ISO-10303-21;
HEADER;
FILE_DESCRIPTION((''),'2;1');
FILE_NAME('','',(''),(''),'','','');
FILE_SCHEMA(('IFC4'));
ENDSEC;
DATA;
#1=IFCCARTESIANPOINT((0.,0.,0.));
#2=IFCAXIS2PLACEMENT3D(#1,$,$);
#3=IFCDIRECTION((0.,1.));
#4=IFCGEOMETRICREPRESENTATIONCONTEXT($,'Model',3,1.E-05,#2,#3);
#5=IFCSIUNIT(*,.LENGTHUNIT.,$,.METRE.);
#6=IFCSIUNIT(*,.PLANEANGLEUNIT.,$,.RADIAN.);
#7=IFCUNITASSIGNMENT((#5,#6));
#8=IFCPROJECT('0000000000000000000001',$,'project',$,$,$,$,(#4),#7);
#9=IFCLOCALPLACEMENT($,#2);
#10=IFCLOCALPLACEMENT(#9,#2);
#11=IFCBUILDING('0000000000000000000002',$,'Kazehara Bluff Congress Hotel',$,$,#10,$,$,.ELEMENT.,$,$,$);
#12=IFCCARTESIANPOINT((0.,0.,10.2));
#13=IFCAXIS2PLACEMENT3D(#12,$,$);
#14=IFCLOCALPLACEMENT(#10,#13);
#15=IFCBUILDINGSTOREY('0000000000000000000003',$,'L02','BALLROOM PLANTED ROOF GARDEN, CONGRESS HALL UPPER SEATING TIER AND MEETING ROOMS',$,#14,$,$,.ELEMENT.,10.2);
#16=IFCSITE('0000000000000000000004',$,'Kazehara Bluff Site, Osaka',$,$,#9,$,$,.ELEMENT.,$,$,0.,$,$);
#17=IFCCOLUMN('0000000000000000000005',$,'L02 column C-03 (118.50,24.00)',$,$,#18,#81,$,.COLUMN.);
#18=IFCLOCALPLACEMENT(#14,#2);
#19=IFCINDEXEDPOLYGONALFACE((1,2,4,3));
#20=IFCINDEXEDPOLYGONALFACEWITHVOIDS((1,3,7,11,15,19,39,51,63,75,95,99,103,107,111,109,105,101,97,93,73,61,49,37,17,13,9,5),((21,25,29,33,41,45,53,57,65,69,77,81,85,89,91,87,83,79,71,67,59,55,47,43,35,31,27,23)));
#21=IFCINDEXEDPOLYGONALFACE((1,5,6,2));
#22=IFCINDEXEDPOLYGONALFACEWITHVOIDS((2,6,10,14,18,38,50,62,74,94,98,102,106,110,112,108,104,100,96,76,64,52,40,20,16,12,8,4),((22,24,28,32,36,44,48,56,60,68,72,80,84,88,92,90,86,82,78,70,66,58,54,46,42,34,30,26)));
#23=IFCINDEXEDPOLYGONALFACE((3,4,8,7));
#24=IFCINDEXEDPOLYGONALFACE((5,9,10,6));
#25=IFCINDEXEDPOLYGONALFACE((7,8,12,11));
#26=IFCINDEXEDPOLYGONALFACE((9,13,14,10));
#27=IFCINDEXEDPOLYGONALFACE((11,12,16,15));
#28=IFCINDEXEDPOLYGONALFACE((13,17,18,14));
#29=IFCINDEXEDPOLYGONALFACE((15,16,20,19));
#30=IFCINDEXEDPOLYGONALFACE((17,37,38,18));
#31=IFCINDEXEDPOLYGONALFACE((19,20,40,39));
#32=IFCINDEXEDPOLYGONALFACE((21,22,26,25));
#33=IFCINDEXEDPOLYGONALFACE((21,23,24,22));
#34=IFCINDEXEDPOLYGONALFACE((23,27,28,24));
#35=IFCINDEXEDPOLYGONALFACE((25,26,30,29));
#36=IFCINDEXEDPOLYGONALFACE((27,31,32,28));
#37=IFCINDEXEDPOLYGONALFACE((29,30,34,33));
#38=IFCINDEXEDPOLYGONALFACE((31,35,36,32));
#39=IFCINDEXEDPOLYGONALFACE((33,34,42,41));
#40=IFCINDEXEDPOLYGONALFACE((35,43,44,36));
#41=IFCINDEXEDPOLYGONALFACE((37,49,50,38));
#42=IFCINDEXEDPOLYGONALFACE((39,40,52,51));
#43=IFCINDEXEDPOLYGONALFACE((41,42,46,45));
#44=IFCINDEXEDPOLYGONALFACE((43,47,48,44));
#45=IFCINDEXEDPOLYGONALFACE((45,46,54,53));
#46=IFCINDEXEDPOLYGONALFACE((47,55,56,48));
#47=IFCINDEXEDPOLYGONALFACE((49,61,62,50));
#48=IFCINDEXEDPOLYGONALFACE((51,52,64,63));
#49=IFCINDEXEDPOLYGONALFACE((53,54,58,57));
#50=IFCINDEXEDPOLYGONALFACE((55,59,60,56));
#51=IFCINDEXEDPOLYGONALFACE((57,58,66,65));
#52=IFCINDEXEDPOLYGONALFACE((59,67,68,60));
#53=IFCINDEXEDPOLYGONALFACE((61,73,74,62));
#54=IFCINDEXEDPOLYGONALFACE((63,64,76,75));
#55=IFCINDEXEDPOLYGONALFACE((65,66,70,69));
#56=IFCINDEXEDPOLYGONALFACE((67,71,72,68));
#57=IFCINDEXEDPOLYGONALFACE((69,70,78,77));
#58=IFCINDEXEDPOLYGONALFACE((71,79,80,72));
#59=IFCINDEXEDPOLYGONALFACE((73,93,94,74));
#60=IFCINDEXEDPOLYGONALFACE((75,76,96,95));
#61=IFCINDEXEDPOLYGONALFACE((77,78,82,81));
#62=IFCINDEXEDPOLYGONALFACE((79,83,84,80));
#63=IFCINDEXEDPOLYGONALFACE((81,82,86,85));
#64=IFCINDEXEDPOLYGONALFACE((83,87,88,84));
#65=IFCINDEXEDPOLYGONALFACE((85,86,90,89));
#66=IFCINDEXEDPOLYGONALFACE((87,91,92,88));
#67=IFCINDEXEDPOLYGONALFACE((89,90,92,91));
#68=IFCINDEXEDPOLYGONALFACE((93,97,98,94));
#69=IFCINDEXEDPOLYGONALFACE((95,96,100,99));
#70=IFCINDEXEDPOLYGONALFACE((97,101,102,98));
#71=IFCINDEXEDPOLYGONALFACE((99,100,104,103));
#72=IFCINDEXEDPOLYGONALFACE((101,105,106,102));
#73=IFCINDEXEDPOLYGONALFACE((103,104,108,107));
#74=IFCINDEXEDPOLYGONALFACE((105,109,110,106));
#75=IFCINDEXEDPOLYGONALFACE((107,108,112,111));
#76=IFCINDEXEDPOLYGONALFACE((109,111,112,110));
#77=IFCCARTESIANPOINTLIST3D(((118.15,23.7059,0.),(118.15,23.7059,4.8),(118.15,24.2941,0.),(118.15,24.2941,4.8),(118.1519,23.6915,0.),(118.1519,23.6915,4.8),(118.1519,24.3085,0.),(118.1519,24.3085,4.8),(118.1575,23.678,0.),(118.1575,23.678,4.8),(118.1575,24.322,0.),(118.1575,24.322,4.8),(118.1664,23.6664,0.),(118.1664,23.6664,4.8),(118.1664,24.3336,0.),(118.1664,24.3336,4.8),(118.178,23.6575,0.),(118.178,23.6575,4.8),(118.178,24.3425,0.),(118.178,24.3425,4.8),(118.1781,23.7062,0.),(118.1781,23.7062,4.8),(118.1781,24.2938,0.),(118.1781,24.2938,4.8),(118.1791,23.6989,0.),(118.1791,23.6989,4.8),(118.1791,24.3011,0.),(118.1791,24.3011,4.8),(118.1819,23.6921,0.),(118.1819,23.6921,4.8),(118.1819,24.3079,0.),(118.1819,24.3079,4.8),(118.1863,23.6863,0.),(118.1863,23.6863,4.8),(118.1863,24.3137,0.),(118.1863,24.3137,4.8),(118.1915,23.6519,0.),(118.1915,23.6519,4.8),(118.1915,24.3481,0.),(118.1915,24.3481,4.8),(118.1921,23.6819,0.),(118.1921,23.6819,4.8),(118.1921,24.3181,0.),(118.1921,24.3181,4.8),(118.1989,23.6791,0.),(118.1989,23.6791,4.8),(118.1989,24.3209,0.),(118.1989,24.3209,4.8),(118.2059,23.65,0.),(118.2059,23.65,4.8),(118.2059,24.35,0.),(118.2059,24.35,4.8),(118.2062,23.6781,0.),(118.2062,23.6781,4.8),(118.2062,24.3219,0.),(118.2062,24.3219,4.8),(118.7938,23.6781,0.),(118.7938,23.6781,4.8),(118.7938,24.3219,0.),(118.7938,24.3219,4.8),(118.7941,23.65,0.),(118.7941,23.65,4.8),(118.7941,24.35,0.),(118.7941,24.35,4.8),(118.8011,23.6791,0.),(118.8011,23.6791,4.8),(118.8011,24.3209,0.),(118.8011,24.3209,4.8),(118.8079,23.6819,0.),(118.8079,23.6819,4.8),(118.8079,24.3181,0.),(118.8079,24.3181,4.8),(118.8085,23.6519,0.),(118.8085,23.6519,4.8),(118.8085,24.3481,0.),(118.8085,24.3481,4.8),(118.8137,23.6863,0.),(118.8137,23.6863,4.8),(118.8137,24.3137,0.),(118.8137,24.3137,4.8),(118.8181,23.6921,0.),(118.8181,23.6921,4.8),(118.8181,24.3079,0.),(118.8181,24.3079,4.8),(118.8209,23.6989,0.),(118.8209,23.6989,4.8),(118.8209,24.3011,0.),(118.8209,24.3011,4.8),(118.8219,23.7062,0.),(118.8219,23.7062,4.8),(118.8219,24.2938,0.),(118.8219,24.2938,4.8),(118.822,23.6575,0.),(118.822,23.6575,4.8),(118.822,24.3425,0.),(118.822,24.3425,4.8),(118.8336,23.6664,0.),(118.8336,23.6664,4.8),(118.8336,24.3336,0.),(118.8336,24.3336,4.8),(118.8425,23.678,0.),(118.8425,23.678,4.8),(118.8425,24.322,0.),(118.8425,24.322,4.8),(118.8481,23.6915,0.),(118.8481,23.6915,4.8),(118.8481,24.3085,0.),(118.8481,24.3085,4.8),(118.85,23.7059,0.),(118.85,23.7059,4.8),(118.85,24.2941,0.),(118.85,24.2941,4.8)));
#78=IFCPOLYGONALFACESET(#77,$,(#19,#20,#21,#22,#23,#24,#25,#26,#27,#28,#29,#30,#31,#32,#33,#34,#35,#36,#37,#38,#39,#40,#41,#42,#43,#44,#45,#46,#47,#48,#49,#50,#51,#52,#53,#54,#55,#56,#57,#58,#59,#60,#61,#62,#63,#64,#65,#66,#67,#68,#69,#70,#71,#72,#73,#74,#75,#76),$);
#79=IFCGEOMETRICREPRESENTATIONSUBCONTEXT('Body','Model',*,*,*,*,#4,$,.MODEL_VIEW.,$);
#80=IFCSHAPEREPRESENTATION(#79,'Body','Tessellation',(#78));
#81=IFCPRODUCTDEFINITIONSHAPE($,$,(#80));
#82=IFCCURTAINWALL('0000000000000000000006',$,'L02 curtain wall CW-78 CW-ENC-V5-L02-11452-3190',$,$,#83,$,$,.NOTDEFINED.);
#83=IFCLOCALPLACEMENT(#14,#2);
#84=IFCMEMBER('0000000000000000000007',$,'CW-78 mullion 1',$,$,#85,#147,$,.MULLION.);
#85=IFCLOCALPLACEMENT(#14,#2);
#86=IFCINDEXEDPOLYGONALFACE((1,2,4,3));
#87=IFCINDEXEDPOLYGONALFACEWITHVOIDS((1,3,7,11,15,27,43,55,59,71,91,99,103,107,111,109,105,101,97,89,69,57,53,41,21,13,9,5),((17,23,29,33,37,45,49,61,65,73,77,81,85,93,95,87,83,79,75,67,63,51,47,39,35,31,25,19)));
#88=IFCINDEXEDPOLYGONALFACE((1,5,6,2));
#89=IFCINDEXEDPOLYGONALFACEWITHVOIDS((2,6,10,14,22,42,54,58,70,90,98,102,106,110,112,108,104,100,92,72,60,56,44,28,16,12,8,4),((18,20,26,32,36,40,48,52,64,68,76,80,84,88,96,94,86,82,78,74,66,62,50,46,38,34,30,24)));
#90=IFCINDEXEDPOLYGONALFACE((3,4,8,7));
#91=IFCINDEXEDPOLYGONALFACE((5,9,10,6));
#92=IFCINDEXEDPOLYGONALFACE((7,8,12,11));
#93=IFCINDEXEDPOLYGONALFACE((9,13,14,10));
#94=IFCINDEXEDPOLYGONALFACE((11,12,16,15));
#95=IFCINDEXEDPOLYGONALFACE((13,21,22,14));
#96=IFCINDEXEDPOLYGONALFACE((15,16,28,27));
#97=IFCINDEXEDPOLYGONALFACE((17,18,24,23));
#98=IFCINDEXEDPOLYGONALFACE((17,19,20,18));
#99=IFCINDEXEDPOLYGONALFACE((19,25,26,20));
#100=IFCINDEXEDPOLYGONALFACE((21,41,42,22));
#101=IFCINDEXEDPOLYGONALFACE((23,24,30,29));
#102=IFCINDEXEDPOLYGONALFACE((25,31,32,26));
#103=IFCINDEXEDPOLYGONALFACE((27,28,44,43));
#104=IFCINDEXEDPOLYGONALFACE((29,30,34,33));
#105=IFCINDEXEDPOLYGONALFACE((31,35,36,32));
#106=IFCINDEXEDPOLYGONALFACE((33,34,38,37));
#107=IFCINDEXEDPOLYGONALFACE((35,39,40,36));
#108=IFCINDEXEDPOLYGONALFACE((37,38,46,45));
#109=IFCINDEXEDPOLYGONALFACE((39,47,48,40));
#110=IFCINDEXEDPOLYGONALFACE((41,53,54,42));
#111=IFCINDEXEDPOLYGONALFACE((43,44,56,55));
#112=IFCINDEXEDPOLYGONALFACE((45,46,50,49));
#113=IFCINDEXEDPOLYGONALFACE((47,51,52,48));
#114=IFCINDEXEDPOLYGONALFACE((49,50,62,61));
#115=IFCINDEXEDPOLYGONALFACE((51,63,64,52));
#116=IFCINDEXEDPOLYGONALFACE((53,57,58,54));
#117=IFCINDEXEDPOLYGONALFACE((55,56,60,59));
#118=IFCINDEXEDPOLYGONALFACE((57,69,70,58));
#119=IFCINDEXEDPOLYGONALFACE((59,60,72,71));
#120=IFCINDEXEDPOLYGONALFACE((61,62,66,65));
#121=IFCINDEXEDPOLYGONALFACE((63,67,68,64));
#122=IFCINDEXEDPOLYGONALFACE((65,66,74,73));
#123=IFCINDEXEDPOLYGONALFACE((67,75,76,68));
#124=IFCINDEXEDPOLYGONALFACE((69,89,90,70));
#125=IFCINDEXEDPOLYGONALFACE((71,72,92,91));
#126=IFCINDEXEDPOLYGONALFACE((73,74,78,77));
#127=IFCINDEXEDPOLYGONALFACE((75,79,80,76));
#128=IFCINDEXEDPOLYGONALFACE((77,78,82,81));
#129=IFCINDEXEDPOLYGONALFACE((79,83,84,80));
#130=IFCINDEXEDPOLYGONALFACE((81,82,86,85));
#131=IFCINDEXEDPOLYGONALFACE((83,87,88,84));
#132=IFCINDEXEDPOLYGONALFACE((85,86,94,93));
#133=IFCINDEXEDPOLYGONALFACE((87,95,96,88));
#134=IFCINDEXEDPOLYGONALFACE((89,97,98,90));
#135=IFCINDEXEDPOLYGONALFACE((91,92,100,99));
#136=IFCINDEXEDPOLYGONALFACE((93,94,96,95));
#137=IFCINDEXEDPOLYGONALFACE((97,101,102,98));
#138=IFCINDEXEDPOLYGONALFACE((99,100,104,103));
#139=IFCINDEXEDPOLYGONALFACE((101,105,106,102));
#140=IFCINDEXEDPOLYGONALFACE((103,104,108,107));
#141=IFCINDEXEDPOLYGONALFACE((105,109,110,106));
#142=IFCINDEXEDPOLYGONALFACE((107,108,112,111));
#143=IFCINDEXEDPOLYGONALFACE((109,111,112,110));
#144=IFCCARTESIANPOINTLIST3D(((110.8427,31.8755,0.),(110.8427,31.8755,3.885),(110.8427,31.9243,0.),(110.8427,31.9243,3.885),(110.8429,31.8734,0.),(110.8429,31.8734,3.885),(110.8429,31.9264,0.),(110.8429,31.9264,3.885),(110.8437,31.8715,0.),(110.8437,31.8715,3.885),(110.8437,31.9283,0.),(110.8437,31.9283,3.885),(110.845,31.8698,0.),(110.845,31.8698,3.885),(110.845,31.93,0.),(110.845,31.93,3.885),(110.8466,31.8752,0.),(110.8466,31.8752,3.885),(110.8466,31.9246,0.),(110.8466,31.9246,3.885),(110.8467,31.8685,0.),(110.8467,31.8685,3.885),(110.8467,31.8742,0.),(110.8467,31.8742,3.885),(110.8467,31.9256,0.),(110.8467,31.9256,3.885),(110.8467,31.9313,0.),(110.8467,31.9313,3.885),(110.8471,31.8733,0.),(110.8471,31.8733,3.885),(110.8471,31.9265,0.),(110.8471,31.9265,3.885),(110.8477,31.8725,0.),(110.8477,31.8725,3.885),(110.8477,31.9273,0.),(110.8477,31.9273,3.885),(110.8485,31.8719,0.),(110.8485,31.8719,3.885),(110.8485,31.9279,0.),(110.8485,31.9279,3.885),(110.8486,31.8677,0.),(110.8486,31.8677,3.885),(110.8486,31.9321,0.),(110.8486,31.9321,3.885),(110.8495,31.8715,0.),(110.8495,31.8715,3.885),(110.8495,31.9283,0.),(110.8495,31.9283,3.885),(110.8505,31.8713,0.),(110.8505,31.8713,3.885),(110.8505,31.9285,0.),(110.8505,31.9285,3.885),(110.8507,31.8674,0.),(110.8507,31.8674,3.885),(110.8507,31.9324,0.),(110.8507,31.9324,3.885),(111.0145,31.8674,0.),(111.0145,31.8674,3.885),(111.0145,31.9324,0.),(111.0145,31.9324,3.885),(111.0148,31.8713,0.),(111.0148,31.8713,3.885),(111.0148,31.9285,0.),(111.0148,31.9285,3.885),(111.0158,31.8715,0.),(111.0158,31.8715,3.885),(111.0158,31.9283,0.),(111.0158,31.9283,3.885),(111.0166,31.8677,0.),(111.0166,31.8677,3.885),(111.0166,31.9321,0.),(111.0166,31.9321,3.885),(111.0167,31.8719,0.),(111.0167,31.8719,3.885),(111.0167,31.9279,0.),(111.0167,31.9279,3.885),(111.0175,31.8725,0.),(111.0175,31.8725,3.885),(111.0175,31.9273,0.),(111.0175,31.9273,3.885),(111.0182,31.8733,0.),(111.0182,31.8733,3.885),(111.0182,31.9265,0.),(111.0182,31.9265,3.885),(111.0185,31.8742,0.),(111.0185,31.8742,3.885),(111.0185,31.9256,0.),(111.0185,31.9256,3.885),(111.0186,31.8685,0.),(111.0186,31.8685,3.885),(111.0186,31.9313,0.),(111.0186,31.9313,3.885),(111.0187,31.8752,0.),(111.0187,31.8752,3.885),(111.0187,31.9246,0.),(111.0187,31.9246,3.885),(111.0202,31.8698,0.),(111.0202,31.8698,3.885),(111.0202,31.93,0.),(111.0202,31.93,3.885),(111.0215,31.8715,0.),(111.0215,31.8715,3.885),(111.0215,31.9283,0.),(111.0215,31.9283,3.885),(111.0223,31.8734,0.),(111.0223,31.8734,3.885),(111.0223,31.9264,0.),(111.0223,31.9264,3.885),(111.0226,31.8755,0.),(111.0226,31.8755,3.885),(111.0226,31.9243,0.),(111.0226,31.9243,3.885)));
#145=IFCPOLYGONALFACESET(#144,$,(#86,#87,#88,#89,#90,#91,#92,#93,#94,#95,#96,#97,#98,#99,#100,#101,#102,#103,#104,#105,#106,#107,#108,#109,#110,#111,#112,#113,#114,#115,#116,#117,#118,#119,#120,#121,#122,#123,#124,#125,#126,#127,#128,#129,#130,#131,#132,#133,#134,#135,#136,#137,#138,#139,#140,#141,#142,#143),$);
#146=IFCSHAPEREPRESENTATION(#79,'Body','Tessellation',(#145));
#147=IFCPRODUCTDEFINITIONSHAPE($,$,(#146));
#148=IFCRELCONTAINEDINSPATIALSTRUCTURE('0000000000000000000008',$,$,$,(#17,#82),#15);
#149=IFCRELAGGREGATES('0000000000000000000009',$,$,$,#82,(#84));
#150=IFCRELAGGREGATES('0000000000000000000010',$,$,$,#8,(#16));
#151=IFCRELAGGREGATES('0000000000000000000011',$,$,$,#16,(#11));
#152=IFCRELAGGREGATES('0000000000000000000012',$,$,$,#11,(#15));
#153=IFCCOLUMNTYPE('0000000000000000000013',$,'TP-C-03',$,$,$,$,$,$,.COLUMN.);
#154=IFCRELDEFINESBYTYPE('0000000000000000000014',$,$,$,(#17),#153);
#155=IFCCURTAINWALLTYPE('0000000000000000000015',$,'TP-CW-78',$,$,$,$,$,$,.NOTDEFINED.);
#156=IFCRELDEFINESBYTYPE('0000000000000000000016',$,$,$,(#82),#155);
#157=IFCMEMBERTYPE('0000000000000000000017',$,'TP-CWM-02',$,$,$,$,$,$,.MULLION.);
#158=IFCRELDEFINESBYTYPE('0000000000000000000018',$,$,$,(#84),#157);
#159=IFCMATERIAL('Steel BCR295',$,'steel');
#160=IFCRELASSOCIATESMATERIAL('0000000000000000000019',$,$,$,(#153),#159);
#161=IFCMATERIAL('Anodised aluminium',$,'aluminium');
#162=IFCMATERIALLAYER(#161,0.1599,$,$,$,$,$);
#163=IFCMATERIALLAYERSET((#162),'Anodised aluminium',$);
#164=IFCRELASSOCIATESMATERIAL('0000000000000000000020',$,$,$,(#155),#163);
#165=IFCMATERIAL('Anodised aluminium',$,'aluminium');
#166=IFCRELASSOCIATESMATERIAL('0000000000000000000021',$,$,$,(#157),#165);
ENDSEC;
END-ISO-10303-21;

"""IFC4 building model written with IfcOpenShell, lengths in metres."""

from ifc_helpers import new_model, si_unit, direction, frame, origin, origin_2d, place, context, subcontext, project, spatial, hollow_rectangle, extrude, material, layer, layer_set, material_profile, profile_set, type_object, element, aggregate, save


model = new_model("IFC4")

# Units and contexts
model_context = context("Model", 3, precision=1e-05, world=origin(), true_north=direction((0.0, 1.0)))
body_context = subcontext(model_context, "Body", "Model", "MODEL_VIEW")
ifc_project = project(units=[si_unit("LENGTHUNIT", "METRE"), si_unit("PLANEANGLEUNIT", "RADIAN")], contexts=[model_context])

# Site, building, storey
site_placement = place(None, origin())
site = spatial("IfcSite", under=ifc_project, at=site_placement, Name="Kazehara Bluff Site, Osaka", CompositionType="ELEMENT", RefElevation=0.0)
building_placement = place(site_placement, origin())
building = spatial("IfcBuilding", under=site, at=building_placement, Name="Kazehara Bluff Congress Hotel", CompositionType="ELEMENT")
storey_placement = place(building_placement, frame((0.0, 0.0, 10.2)))
storey = spatial("IfcBuildingStorey", under=building, at=storey_placement, Name="L02", Description="BALLROOM PLANTED ROOF GARDEN, CONGRESS HALL UPPER SEATING TIER AND MEETING ROOMS", CompositionType="ELEMENT", Elevation=10.2)

# Column
ifc_material_1 = material(Name="Steel BCR295", Category="steel")
ifc_material_profile_1 = material_profile(ifc_material_1, hollow_rectangle(XDim=0.7, YDim=0.7, WallThickness=0.0281, InnerFilletRadius=0.0281, OuterFilletRadius=0.0559, at=origin_2d()))
ifc_profile_set_1 = profile_set([ifc_material_profile_1], Name="Steel BCR295")
column_type = type_object("IfcColumnType", Name="TP-C-03", PredefinedType="COLUMN", material=ifc_profile_set_1)
column_placement = place(storey_placement, frame((118.5, 24.0, 0.0), z_axis=(0.0, 0.0, 1.0), x_axis=(1.0, 0.0, 0.0)))
element("IfcColumn", 1, at=column_placement, inside=storey, type_object=column_type, Name="L02 column C-03 (118.50,24.00)", PredefinedType="COLUMN", context=body_context, shape_type="SweptSolid", body=[
    extrude(hollow_rectangle(XDim=0.7, YDim=0.7, WallThickness=0.0281, InnerFilletRadius=0.0281, OuterFilletRadius=0.0559, at=origin_2d()), origin(), (0.0, 0.0, 1.0), 4.8),
])

# Curtain wall, member
ifc_material_2 = material(Name="Anodised aluminium", Category="aluminium")
ifc_layer_1 = layer(ifc_material_2, 0.1599)
ifc_layer_set_1 = layer_set([ifc_layer_1], Name="Anodised aluminium")
curtain_wall_type = type_object("IfcCurtainWallType", Name="TP-CW-78", PredefinedType="NOTDEFINED", material=ifc_layer_set_1)
curtain_wall_placement = place(storey_placement, origin())
curtain_wall = element("IfcCurtainWall", 2, at=curtain_wall_placement, inside=storey, type_object=curtain_wall_type, Name="L02 curtain wall CW-78 CW-ENC-V5-L02-11452-3190", PredefinedType="NOTDEFINED")
ifc_material_3 = material(Name="Anodised aluminium", Category="aluminium")
ifc_material_profile_2 = material_profile(ifc_material_3, hollow_rectangle(XDim=0.0649, YDim=0.1799, WallThickness=0.0039, InnerFilletRadius=0.0039, OuterFilletRadius=0.0081, at=origin_2d()))
ifc_profile_set_2 = profile_set([ifc_material_profile_2], Name="Anodised aluminium")
member_type_1 = type_object("IfcMemberType", Name="TP-CWM-02", PredefinedType="MULLION", material=ifc_profile_set_2)
member_1_placement = place(storey_placement, frame((110.9326, 31.8999, 0.0), z_axis=(0.0, 0.0, 1.0), x_axis=(0.0, 1.0, 0.0)))
member_1 = element("IfcMember", 3, at=member_1_placement, type_object=member_type_1, Name="CW-78 mullion 1", PredefinedType="MULLION", context=body_context, shape_type="SweptSolid", body=[
    extrude(hollow_rectangle(XDim=0.0649, YDim=0.1799, WallThickness=0.0039, InnerFilletRadius=0.0039, OuterFilletRadius=0.0081, at=origin_2d()), origin(), (0.0, 0.0, 1.0), 3.885),
])

aggregate(curtain_wall, [member_1])

save(model, "model.ifc")
